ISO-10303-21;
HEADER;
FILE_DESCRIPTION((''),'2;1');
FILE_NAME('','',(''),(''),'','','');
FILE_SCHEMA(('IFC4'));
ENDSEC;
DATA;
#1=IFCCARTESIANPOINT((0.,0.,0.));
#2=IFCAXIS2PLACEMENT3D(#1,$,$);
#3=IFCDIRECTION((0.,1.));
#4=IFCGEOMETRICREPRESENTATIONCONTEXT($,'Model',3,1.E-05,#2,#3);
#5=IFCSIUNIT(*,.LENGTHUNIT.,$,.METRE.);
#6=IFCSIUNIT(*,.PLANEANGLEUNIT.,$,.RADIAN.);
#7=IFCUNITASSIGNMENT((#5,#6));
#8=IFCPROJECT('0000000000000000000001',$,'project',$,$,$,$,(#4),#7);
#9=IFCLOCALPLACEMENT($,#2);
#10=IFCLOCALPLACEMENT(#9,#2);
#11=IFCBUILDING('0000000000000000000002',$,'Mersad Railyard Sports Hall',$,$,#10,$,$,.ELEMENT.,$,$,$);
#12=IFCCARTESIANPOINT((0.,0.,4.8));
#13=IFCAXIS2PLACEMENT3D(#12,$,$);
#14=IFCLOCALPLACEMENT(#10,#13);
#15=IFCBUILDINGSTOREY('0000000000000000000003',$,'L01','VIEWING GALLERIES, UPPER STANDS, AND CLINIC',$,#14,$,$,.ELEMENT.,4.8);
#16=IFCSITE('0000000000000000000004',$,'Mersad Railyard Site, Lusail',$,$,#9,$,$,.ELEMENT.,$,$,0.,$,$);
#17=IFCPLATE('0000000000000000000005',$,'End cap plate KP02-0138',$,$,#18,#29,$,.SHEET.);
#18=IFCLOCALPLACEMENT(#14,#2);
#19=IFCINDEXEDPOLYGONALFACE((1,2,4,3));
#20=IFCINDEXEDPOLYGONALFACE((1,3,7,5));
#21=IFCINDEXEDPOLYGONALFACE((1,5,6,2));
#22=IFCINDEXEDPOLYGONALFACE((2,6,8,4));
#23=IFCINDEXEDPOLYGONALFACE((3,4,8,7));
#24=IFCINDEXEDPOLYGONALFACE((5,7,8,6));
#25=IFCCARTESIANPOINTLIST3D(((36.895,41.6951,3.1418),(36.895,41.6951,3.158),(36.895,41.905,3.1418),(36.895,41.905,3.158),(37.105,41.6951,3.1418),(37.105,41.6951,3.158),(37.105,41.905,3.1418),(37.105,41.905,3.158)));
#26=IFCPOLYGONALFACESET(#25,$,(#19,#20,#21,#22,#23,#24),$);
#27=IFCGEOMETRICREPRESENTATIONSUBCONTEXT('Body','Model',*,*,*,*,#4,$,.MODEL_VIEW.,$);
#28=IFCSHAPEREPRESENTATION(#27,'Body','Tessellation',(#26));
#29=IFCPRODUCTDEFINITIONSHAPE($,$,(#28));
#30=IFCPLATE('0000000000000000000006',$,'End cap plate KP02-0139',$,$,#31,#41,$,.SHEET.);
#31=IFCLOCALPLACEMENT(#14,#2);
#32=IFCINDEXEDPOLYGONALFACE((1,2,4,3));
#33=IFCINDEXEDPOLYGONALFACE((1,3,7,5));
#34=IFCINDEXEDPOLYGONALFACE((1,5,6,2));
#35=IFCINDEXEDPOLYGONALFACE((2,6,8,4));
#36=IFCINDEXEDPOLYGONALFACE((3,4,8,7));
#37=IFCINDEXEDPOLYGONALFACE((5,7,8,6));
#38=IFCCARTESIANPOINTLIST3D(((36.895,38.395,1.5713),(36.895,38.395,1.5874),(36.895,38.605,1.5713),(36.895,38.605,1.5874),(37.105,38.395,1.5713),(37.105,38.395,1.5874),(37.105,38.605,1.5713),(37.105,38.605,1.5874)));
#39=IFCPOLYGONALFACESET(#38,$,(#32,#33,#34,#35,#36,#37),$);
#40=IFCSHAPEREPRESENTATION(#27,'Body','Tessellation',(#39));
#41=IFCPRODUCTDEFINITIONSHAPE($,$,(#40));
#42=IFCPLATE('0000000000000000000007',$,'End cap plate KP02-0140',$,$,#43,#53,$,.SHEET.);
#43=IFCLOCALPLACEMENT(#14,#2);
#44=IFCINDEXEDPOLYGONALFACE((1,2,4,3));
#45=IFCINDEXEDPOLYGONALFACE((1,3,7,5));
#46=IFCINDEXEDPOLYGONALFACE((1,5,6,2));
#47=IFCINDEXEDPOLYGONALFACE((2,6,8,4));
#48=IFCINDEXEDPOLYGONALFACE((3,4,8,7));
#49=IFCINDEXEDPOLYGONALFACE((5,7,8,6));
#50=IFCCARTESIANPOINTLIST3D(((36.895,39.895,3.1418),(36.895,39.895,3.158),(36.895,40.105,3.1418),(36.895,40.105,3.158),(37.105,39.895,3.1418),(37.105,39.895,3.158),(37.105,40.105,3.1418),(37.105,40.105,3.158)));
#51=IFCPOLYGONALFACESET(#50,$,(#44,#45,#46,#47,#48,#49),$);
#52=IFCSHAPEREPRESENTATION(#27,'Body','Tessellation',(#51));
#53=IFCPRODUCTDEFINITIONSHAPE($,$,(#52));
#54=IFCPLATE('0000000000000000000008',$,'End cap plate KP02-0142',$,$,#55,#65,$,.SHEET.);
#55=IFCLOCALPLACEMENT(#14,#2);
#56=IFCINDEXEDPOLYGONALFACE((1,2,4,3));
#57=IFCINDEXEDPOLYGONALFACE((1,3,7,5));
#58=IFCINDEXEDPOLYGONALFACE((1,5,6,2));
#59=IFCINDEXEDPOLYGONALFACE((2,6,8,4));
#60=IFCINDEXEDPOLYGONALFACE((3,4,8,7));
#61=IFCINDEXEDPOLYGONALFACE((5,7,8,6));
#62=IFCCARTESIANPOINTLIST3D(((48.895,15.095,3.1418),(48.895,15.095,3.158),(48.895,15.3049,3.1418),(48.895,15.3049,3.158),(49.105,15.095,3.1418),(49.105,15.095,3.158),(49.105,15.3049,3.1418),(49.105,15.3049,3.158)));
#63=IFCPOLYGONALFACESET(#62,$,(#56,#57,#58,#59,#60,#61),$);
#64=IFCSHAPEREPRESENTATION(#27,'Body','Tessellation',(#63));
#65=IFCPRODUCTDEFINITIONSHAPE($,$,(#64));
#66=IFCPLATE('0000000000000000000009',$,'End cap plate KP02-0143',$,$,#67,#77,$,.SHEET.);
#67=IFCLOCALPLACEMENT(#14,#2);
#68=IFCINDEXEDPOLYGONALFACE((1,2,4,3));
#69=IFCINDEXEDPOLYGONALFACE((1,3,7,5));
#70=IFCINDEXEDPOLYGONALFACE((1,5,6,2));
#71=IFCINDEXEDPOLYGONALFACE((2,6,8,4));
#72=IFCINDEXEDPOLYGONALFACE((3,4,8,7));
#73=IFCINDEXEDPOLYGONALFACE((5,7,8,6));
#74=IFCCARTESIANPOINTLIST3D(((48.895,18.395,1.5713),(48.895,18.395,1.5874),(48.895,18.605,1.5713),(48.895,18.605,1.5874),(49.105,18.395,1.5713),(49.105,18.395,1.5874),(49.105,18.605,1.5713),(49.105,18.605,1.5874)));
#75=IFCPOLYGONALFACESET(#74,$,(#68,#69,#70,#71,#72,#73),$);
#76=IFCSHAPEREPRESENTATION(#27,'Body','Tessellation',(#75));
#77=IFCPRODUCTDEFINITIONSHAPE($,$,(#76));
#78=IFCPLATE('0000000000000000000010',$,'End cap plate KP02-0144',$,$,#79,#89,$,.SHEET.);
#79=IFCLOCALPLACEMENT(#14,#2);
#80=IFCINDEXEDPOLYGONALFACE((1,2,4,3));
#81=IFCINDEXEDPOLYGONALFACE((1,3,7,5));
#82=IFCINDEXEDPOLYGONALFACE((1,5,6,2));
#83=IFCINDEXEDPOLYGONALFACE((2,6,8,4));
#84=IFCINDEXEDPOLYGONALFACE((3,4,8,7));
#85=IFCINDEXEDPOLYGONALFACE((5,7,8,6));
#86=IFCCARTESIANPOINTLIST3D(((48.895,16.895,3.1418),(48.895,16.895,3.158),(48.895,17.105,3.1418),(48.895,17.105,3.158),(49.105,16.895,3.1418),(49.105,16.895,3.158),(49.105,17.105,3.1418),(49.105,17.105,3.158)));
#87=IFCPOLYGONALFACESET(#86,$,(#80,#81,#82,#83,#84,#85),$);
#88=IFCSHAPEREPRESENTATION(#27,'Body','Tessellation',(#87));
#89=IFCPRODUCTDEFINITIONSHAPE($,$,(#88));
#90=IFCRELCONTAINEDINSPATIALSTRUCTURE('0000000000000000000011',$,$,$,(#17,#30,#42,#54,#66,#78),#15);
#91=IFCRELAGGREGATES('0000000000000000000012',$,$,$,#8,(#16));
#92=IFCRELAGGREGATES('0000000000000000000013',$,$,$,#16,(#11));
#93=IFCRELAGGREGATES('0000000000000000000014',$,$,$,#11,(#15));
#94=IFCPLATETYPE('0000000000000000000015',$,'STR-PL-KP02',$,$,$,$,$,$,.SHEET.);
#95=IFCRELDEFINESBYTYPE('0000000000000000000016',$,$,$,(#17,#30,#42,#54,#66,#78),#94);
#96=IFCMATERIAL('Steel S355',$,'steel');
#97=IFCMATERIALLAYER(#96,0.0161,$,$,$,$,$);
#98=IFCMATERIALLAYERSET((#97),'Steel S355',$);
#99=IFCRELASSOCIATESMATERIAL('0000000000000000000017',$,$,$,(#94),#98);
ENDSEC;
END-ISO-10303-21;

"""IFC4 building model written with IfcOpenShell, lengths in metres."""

from ifc_helpers import new_model, si_unit, direction, frame, origin, origin_2d, place, context, subcontext, project, spatial, rectangle, extrude, material, layer, layer_set, type_object, element, save


model = new_model("IFC4")

# Units and contexts
model_context = context("Model", 3, precision=1e-05, world=origin(), true_north=direction((0.0, 1.0)))
body_context = subcontext(model_context, "Body", "Model", "MODEL_VIEW")
ifc_project = project(units=[si_unit("LENGTHUNIT", "METRE"), si_unit("PLANEANGLEUNIT", "RADIAN")], contexts=[model_context])

# Site, building, storey
site_placement = place(None, origin())
site = spatial("IfcSite", under=ifc_project, at=site_placement, Name="Mersad Railyard Site, Lusail", CompositionType="ELEMENT", RefElevation=0.0)
building_placement = place(site_placement, origin())
building = spatial("IfcBuilding", under=site, at=building_placement, Name="Mersad Railyard Sports Hall", CompositionType="ELEMENT")
storey_placement = place(building_placement, frame((0.0, 0.0, 4.8)))
storey = spatial("IfcBuildingStorey", under=building, at=storey_placement, Name="L01", Description="VIEWING GALLERIES, UPPER STANDS, AND CLINIC", CompositionType="ELEMENT", Elevation=4.8)

# Shared definitions
ifc_material_1 = material(Name="Steel S355", Category="steel")

# Plates
ifc_layer = layer(ifc_material_1, 0.0161)
ifc_layer_set = layer_set([ifc_layer], Name="Steel S355")
plate_type = type_object("IfcPlateType", Name="STR-PL-KP02", PredefinedType="SHEET", material=ifc_layer_set)
for number, where, z_axis, x_axis, name in (
    (1, (37.0, 41.8, 3.1418), (0.0, 0.0, 1.0), (1.0, 0.0, 0.0), "End cap plate KP02-0138"),
    (2, (37.0, 38.5, 1.5713), (0.0, 0.0, 1.0), (1.0, 0.0, 0.0), "End cap plate KP02-0139"),
    (3, (37.0, 40.0, 3.1418), (0.0, 0.0, 1.0), (1.0, 0.0, 0.0), "End cap plate KP02-0140"),
    (4, (49.0, 15.2, 3.1418), (0.0, 0.0, 1.0), (1.0, 0.0, 0.0), "End cap plate KP02-0142"),
    (5, (49.0, 18.5, 1.5713), (0.0, 0.0, 1.0), (1.0, 0.0, 0.0), "End cap plate KP02-0143"),
    (6, (49.0, 17.0, 3.1418), (0.0, 0.0, 1.0), (1.0, 0.0, 0.0), "End cap plate KP02-0144"),
):
    element("IfcPlate", number, at=place(storey_placement, frame(where, z_axis=z_axis, x_axis=x_axis)), inside=storey, type_object=plate_type, Name=name, PredefinedType="SHEET", context=body_context, shape_type="SweptSolid", body=[
        extrude(rectangle(XDim=0.21, YDim=0.21, at=origin_2d()), origin(), (0.0, 0.0, 1.0), 0.0161),
    ])

save(model, "model.ifc")
